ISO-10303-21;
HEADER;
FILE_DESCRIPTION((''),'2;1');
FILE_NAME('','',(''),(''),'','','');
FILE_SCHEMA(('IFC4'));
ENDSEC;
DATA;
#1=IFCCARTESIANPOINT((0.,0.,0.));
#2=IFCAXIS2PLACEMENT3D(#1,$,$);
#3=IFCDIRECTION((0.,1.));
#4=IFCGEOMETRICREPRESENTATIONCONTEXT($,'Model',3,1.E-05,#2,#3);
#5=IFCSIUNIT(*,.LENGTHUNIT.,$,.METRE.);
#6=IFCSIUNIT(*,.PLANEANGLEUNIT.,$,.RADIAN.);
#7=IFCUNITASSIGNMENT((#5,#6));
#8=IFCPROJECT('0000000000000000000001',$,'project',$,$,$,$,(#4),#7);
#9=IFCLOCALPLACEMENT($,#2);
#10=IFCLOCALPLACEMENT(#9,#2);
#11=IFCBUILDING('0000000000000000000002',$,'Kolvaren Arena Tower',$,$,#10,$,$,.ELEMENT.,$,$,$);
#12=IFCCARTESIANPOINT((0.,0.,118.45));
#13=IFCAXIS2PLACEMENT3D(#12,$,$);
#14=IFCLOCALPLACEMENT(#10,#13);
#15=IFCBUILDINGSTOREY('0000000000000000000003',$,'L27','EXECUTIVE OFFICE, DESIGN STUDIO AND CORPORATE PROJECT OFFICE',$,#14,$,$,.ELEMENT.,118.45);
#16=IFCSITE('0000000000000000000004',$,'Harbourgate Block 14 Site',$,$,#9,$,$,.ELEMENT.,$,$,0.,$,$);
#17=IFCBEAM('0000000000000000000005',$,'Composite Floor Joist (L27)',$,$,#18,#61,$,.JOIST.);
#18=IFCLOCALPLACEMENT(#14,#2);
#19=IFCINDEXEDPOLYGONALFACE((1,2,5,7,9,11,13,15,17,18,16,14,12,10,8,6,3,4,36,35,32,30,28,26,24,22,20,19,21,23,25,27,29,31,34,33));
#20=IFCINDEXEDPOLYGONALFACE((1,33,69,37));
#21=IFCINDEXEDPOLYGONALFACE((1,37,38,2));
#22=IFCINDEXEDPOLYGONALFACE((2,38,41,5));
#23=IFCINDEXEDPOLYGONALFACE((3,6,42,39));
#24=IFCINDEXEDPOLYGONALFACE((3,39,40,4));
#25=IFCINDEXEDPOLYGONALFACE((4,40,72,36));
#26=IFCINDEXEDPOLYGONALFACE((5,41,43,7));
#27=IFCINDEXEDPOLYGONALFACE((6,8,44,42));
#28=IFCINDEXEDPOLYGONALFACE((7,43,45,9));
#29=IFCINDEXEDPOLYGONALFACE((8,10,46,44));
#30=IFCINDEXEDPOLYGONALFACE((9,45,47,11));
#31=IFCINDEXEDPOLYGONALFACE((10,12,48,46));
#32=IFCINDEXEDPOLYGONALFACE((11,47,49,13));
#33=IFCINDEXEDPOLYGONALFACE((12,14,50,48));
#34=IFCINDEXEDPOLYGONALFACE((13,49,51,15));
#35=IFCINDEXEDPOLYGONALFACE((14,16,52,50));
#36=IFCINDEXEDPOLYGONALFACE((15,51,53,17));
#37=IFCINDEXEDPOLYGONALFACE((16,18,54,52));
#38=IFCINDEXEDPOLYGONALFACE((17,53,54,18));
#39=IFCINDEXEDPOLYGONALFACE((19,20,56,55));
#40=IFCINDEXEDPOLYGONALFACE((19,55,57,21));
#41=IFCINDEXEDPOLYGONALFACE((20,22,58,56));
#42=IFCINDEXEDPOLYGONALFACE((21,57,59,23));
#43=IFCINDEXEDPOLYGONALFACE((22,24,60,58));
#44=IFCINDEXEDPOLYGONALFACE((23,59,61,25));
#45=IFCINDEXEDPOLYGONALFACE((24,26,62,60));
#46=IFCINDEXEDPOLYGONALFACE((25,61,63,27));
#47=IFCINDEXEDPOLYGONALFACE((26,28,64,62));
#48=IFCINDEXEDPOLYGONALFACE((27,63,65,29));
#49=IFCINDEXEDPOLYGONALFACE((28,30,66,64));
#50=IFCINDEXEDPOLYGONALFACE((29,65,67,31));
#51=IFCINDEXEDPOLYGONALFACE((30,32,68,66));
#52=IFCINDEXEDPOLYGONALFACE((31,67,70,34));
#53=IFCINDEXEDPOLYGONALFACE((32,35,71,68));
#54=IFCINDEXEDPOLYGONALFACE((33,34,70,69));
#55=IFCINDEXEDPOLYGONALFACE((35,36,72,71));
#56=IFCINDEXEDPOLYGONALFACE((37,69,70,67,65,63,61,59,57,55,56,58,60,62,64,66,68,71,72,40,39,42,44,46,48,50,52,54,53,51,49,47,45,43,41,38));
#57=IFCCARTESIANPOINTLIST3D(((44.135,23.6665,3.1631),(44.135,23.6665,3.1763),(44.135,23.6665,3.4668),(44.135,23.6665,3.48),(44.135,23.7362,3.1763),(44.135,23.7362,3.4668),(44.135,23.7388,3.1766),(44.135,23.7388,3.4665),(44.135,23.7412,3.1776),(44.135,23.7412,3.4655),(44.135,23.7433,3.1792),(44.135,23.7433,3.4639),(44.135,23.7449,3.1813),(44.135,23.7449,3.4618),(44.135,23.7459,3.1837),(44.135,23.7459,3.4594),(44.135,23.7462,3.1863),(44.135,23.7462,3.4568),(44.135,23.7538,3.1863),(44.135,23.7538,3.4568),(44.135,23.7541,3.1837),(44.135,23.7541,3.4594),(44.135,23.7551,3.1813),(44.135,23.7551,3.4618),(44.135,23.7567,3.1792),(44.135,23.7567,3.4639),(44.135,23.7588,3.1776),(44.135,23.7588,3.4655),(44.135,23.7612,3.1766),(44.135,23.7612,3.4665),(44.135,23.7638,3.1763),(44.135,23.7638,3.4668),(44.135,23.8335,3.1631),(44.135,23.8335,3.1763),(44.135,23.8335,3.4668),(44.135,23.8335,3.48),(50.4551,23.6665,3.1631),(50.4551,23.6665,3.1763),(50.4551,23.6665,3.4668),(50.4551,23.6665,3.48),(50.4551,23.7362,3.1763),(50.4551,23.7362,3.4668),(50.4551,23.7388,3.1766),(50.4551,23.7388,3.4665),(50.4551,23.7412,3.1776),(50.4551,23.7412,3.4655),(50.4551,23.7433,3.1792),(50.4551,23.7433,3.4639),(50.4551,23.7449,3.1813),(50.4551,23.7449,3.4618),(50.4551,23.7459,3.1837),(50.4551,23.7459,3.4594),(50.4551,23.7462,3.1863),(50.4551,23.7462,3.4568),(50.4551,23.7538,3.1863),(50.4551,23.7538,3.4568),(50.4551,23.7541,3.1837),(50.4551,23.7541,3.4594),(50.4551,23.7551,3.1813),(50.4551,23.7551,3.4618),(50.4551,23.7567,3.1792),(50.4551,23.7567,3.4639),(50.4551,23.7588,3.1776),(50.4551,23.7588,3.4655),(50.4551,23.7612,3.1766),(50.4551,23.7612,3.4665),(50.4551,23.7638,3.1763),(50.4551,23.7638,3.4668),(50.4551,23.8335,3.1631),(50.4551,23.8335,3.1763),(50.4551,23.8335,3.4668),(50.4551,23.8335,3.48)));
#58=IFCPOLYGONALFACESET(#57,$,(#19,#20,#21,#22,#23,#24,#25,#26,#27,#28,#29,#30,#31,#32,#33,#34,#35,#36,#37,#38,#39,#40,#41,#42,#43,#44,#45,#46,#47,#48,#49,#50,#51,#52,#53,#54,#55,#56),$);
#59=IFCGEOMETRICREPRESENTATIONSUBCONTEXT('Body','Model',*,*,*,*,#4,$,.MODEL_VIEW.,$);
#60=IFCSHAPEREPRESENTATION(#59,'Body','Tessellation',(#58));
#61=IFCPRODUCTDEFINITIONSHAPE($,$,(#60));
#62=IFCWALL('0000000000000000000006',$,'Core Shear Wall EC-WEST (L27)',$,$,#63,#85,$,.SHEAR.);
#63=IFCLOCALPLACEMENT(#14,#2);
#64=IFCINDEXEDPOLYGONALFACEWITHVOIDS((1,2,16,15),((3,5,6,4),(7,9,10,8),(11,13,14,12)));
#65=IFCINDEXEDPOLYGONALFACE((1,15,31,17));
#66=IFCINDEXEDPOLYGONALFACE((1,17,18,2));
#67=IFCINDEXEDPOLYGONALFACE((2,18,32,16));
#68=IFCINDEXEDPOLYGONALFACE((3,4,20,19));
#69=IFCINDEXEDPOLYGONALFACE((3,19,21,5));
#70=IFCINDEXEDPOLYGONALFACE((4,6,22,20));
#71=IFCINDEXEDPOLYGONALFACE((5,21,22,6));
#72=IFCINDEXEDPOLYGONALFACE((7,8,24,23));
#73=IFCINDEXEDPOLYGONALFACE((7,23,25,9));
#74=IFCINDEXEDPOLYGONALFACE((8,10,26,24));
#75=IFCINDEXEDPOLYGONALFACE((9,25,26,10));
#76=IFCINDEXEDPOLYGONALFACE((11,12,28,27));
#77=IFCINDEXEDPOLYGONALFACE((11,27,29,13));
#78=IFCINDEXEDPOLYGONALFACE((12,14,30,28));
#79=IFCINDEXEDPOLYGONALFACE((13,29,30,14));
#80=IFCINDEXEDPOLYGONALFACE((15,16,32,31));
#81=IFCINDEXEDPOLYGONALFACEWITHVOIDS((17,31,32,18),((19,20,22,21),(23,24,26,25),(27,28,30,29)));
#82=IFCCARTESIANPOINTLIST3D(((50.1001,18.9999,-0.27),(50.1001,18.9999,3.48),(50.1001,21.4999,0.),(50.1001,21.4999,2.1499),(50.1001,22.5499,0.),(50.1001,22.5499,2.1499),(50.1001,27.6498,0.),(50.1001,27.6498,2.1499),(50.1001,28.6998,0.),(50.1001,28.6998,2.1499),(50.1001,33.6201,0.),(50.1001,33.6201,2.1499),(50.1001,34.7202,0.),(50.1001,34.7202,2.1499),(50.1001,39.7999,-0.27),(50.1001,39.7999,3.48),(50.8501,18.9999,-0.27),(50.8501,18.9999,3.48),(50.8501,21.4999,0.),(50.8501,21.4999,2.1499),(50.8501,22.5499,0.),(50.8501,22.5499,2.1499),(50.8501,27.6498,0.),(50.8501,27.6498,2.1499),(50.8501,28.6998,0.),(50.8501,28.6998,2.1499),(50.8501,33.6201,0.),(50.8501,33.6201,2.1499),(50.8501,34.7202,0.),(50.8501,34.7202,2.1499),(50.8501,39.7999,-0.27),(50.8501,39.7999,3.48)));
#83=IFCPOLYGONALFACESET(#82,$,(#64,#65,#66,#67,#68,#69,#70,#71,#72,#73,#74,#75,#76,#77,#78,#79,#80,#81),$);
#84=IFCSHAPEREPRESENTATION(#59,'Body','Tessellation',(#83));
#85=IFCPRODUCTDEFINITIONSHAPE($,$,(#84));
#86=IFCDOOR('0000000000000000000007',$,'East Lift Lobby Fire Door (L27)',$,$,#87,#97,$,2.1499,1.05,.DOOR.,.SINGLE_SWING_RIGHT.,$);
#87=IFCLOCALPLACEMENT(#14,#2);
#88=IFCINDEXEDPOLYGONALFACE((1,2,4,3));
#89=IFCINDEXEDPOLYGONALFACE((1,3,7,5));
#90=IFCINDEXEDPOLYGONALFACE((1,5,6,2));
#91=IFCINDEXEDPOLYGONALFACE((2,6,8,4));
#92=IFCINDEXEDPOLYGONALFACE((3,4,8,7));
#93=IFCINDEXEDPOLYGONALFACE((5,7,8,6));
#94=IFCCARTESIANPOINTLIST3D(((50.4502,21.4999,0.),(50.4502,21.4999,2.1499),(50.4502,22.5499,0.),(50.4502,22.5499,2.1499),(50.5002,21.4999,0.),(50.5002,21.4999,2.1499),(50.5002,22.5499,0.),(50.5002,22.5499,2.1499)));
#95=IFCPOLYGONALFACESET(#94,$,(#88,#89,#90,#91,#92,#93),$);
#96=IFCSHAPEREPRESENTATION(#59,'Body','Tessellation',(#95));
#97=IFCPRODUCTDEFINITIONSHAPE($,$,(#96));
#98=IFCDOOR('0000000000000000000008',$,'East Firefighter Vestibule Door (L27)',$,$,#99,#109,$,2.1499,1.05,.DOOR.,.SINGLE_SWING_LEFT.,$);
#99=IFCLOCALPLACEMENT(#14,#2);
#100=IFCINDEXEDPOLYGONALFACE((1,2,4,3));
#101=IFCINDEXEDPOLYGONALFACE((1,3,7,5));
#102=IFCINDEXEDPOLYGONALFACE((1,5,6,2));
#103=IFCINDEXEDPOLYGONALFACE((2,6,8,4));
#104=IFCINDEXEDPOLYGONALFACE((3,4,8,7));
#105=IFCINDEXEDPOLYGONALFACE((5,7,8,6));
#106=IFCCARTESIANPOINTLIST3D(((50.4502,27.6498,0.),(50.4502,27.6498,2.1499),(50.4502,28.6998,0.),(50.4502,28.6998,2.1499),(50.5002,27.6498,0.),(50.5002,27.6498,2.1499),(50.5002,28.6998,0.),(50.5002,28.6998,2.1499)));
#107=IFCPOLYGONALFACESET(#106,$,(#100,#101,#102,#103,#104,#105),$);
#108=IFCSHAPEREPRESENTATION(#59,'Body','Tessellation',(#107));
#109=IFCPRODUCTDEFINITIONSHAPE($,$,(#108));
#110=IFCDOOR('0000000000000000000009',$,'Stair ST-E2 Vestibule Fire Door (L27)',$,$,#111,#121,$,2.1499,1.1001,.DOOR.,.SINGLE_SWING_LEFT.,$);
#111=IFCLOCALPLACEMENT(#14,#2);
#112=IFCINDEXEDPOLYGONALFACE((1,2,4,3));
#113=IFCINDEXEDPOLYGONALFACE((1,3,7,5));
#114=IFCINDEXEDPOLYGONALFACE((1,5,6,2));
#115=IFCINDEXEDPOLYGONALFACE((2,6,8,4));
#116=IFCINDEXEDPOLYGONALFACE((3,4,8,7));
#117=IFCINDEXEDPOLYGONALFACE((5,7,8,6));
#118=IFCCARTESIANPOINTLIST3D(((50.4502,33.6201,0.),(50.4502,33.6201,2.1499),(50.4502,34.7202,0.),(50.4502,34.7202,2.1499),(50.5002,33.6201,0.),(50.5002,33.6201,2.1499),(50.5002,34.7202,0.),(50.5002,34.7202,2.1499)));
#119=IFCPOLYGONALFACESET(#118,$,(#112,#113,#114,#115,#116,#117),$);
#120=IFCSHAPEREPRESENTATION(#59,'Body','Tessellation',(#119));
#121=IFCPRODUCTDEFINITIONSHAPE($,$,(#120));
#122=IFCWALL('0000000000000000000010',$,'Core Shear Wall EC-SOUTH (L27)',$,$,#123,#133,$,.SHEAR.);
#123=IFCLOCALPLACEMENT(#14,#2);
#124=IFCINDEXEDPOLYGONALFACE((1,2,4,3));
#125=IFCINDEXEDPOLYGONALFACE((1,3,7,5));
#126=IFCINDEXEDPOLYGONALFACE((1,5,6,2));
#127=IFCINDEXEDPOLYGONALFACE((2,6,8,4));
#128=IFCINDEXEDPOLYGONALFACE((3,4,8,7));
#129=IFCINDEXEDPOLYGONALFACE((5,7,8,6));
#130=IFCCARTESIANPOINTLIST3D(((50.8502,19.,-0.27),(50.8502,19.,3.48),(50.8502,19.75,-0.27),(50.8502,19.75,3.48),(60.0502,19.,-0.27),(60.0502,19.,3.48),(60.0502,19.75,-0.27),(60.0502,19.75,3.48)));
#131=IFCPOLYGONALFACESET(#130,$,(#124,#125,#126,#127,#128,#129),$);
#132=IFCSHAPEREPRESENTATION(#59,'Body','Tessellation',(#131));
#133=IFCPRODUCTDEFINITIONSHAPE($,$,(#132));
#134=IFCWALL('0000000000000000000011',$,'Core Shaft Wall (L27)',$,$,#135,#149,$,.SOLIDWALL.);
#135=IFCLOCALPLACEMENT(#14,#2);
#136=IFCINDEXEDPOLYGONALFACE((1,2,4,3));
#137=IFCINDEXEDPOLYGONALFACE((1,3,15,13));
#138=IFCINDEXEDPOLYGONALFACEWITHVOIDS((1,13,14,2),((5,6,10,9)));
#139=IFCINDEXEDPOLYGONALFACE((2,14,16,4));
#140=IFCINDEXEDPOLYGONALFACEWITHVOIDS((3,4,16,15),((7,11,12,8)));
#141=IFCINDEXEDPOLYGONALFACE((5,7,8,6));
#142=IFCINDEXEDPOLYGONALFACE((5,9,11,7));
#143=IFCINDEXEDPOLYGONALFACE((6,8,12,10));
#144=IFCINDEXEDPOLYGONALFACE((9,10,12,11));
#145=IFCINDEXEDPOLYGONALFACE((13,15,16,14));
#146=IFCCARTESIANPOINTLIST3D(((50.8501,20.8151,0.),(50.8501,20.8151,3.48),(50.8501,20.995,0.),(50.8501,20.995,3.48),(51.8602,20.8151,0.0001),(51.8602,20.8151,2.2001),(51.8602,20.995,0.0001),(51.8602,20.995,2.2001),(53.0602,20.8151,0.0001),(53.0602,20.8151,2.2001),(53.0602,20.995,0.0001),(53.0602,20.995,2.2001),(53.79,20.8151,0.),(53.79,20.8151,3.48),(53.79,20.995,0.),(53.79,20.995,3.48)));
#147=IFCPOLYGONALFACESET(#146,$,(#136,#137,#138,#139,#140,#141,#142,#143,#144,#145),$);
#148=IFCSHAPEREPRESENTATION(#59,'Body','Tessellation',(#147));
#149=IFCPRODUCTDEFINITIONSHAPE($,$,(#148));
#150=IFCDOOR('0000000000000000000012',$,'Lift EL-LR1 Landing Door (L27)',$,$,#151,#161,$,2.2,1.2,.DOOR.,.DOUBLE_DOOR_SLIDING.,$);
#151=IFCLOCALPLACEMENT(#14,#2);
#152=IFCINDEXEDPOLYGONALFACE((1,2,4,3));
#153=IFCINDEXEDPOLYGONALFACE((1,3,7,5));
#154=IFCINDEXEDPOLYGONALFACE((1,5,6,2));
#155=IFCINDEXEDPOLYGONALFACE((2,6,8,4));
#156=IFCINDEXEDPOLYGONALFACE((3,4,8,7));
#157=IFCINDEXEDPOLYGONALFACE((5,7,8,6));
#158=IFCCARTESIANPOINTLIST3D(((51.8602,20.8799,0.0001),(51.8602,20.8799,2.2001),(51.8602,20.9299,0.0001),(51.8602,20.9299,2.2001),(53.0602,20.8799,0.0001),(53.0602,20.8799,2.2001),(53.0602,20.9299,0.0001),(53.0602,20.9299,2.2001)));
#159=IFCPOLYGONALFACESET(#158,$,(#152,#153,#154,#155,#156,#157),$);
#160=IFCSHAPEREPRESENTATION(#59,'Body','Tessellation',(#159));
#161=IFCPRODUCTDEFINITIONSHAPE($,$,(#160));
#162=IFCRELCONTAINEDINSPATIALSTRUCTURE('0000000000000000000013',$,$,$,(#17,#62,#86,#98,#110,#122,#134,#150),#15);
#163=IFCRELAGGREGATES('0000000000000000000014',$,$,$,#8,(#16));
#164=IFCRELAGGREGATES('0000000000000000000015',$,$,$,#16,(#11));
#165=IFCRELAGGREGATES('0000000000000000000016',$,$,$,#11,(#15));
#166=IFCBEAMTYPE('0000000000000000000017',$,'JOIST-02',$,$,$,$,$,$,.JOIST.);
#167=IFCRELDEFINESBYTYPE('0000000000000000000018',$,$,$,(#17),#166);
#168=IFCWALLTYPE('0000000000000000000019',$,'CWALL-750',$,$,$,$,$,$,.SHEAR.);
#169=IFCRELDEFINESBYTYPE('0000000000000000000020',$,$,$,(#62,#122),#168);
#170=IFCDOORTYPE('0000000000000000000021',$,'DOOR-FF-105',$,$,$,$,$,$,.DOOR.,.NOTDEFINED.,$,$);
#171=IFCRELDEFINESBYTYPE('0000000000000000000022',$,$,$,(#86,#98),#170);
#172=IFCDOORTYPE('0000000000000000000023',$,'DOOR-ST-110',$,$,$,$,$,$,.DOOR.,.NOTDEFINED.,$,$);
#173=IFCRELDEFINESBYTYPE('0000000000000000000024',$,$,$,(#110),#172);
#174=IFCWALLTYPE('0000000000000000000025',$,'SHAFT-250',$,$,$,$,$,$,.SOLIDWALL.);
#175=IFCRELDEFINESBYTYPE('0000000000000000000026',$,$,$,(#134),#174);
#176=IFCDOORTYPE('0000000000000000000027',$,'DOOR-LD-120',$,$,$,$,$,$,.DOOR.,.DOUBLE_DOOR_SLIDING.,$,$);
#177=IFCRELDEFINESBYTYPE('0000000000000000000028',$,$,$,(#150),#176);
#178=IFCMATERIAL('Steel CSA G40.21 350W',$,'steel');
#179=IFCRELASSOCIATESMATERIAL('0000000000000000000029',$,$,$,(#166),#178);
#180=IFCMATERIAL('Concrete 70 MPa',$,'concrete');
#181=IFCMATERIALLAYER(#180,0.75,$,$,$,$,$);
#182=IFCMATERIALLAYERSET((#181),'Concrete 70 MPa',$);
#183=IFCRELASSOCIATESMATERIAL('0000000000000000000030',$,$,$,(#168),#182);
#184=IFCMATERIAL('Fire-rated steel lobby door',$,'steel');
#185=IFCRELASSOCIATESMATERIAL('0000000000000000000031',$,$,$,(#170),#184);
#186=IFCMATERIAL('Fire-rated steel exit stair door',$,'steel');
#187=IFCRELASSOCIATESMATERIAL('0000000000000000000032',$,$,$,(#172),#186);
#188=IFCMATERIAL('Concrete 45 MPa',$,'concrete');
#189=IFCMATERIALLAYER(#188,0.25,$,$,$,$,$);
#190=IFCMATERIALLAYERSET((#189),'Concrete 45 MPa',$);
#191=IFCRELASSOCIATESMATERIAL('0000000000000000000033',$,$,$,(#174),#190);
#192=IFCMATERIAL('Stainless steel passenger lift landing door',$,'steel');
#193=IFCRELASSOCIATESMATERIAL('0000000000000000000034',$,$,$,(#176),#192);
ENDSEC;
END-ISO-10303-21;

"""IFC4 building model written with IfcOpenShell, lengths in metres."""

from ifc_helpers import new_model, si_unit, direction, frame, frame_2d, origin, origin_2d, place, context, subcontext, project, spatial, rectangle, i_section, extrude, material, layer, layer_set, material_profile, profile_set, type_object, element, fill, save


model = new_model("IFC4")

# Units and contexts
model_context = context("Model", 3, precision=1e-05, world=origin(), true_north=direction((0.0, 1.0)))
body_context = subcontext(model_context, "Body", "Model", "MODEL_VIEW")
ifc_project = project(units=[si_unit("LENGTHUNIT", "METRE"), si_unit("PLANEANGLEUNIT", "RADIAN")], contexts=[model_context])

# Site, building, storey
site_placement = place(None, origin())
site = spatial("IfcSite", under=ifc_project, at=site_placement, Name="Harbourgate Block 14 Site", CompositionType="ELEMENT", RefElevation=0.0)
building_placement = place(site_placement, origin())
building = spatial("IfcBuilding", under=site, at=building_placement, Name="Kolvaren Arena Tower", CompositionType="ELEMENT")
storey_placement = place(building_placement, frame((0.0, 0.0, 118.45)))
storey = spatial("IfcBuildingStorey", under=building, at=storey_placement, Name="L27", Description="EXECUTIVE OFFICE, DESIGN STUDIO AND CORPORATE PROJECT OFFICE", CompositionType="ELEMENT", Elevation=118.45)

# Beam
ifc_material_1 = material(Name="Steel CSA G40.21 350W", Category="steel")
ifc_material_profile_1 = material_profile(ifc_material_1, i_section(OverallWidth=0.167, OverallDepth=0.3169, WebThickness=0.0076, FlangeThickness=0.0132, FilletRadius=0.01, at=origin_2d()), Name="W310x52")
ifc_profile_set_1 = profile_set([ifc_material_profile_1], Name="Steel CSA G40.21 350W")
beam_type_1 = type_object("IfcBeamType", Name="JOIST-02", PredefinedType="JOIST", material=ifc_profile_set_1)
beam_1_placement = place(storey_placement, frame((44.135, 23.75, 3.3215), z_axis=(1.0, 0.0, 0.0), x_axis=(0.0, 1.0, 0.0)))
element("IfcBeam", 1, at=beam_1_placement, inside=storey, type_object=beam_type_1, Name="Composite Floor Joist (L27)", PredefinedType="JOIST", context=body_context, shape_type="SweptSolid", body=[
    extrude(i_section(OverallWidth=0.167, OverallDepth=0.3169, WebThickness=0.0076, FlangeThickness=0.0132, FilletRadius=0.01, at=origin_2d()), origin(), (0.0, 0.0, 1.0), 6.3201),
])

# Wall, openings, doors
ifc_material_2 = material(Name="Concrete 70 MPa", Category="concrete")
ifc_layer_1 = layer(ifc_material_2, 0.75)
ifc_layer_set_1 = layer_set([ifc_layer_1], Name="Concrete 70 MPa")
wall_type_1 = type_object("IfcWallType", Name="CWALL-750", PredefinedType="SHEAR", material=ifc_layer_set_1)
wall_1_placement = place(storey_placement, frame((50.4751, 19.0, -0.27), z_axis=(0.0, 0.0, 1.0), x_axis=(0.0, 1.0, 0.0)))
wall_1 = element("IfcWall", 2, at=wall_1_placement, inside=storey, type_object=wall_type_1, Name="Core Shear Wall EC-WEST (L27)", PredefinedType="SHEAR", context=body_context, shape_type="SweptSolid", body=[
    extrude(rectangle(XDim=20.8, YDim=0.75, at=frame_2d((10.3999, 0.0))), origin(), (0.0, 0.0, 1.0), 3.75),
])
opening_1_placement = place(wall_1_placement, frame((2.5, 0.0, 0.27)))
opening_1 = element("IfcOpeningElement", 3, at=opening_1_placement, cuts=wall_1, PredefinedType="OPENING", context=body_context, shape_type="SweptSolid", body=[
    extrude(rectangle(XDim=1.05, YDim=2.1499, at=frame_2d((0.5249, 1.075))), frame((0.0, 0.385, 0.0), z_axis=(0.0, -1.0, 0.0), x_axis=(1.0, 0.0, 0.0)), (0.0, 0.0, 1.0), 0.77),
])
opening_2_placement = place(wall_1_placement, frame((8.6499, 0.0, 0.27)))
opening_2 = element("IfcOpeningElement", 4, at=opening_2_placement, cuts=wall_1, PredefinedType="OPENING", context=body_context, shape_type="SweptSolid", body=[
    extrude(rectangle(XDim=1.05, YDim=2.1499, at=frame_2d((0.5249, 1.075))), frame((0.0, 0.385, 0.0), z_axis=(0.0, -1.0, 0.0), x_axis=(1.0, 0.0, 0.0)), (0.0, 0.0, 1.0), 0.77),
])
opening_3_placement = place(wall_1_placement, frame((14.6201, 0.0, 0.27)))
opening_3 = element("IfcOpeningElement", 5, at=opening_3_placement, cuts=wall_1, PredefinedType="OPENING", context=body_context, shape_type="SweptSolid", body=[
    extrude(rectangle(XDim=1.1001, YDim=2.1499, at=frame_2d((0.55, 1.075))), frame((0.0, 0.385, 0.0), z_axis=(0.0, -1.0, 0.0), x_axis=(1.0, 0.0, 0.0)), (0.0, 0.0, 1.0), 0.77),
])
ifc_material_3 = material(Name="Fire-rated steel lobby door", Category="steel")
door_type_1 = type_object("IfcDoorType", Name="DOOR-FF-105", OperationType="NOTDEFINED", PredefinedType="DOOR", material=ifc_material_3)
door_1_placement = place(opening_1_placement, origin())
door_1 = element("IfcDoor", 6, at=door_1_placement, inside=storey, type_object=door_type_1, Name="East Lift Lobby Fire Door (L27)", OperationType="SINGLE_SWING_RIGHT", OverallHeight=2.1499, OverallWidth=1.05, PredefinedType="DOOR", context=body_context, shape_type="SweptSolid", body=[
    extrude(rectangle(XDim=1.05, YDim=2.1499, at=frame_2d((0.5249, 1.075))), frame((0.0, 0.0249, 0.0), z_axis=(0.0, -1.0, 0.0), x_axis=(1.0, 0.0, 0.0)), (0.0, 0.0, 1.0), 0.05),
])
fill(opening_1, door_1)
door_2_placement = place(opening_2_placement, origin())
door_2 = element("IfcDoor", 7, at=door_2_placement, inside=storey, type_object=door_type_1, Name="East Firefighter Vestibule Door (L27)", OperationType="SINGLE_SWING_LEFT", OverallHeight=2.1499, OverallWidth=1.05, PredefinedType="DOOR", context=body_context, shape_type="SweptSolid", body=[
    extrude(rectangle(XDim=1.05, YDim=2.1499, at=frame_2d((0.5249, 1.075))), frame((0.0, 0.0249, 0.0), z_axis=(0.0, -1.0, 0.0), x_axis=(1.0, 0.0, 0.0)), (0.0, 0.0, 1.0), 0.05),
])
fill(opening_2, door_2)
ifc_material_4 = material(Name="Fire-rated steel exit stair door", Category="steel")
door_type_2 = type_object("IfcDoorType", Name="DOOR-ST-110", OperationType="NOTDEFINED", PredefinedType="DOOR", material=ifc_material_4)
door_3_placement = place(opening_3_placement, origin())
door_3 = element("IfcDoor", 8, at=door_3_placement, inside=storey, type_object=door_type_2, Name="Stair ST-E2 Vestibule Fire Door (L27)", OperationType="SINGLE_SWING_LEFT", OverallHeight=2.1499, OverallWidth=1.1001, PredefinedType="DOOR", context=body_context, shape_type="SweptSolid", body=[
    extrude(rectangle(XDim=1.1001, YDim=2.1499, at=frame_2d((0.55, 1.075))), frame((0.0, 0.0249, 0.0), z_axis=(0.0, -1.0, 0.0), x_axis=(1.0, 0.0, 0.0)), (0.0, 0.0, 1.0), 0.05),
])
fill(opening_3, door_3)

# Wall
wall_2_placement = place(storey_placement, frame((50.8501, 19.375, -0.27), z_axis=(0.0, 0.0, 1.0), x_axis=(1.0, 0.0, 0.0)))
element("IfcWall", 9, at=wall_2_placement, inside=storey, type_object=wall_type_1, Name="Core Shear Wall EC-SOUTH (L27)", PredefinedType="SHEAR", context=body_context, shape_type="SweptSolid", body=[
    extrude(rectangle(XDim=9.2, YDim=0.75, at=frame_2d((4.6001, 0.0))), origin(), (0.0, 0.0, 1.0), 3.75),
])

# Wall, opening, door
ifc_material_5 = material(Name="Concrete 45 MPa", Category="concrete")
ifc_layer_2 = layer(ifc_material_5, 0.25)
ifc_layer_set_2 = layer_set([ifc_layer_2], Name="Concrete 45 MPa")
wall_type_2 = type_object("IfcWallType", Name="SHAFT-250", PredefinedType="SOLIDWALL", material=ifc_layer_set_2)
wall_3_placement = place(storey_placement, frame((50.8501, 20.905, 0.0), z_axis=(0.0, 0.0, 1.0), x_axis=(1.0, 0.0, 0.0)))
wall_3 = element("IfcWall", 10, at=wall_3_placement, inside=storey, type_object=wall_type_2, Name="Core Shaft Wall (L27)", PredefinedType="SOLIDWALL", context=body_context, shape_type="SweptSolid", body=[
    extrude(rectangle(XDim=2.9399, YDim=0.1799, at=frame_2d((1.47, 0.0))), origin(), (0.0, 0.0, 1.0), 3.48),
])
opening_4_placement = place(wall_3_placement, frame((1.01, 0.0, 0.0)))
opening_4 = element("IfcOpeningElement", 11, at=opening_4_placement, cuts=wall_3, PredefinedType="OPENING", context=body_context, shape_type="SweptSolid", body=[
    extrude(rectangle(XDim=1.2, YDim=2.2, at=frame_2d((0.6001, 1.1001))), frame((0.0, 0.0999, 0.0), z_axis=(0.0, -1.0, 0.0), x_axis=(1.0, 0.0, 0.0)), (0.0, 0.0, 1.0), 0.2),
])
ifc_material_6 = material(Name="Stainless steel passenger lift landing door", Category="steel")
door_type_3 = type_object("IfcDoorType", Name="DOOR-LD-120", OperationType="DOUBLE_DOOR_SLIDING", PredefinedType="DOOR", material=ifc_material_6)
door_4_placement = place(opening_4_placement, origin())
door_4 = element("IfcDoor", 12, at=door_4_placement, inside=storey, type_object=door_type_3, Name="Lift EL-LR1 Landing Door (L27)", OperationType="DOUBLE_DOOR_SLIDING", OverallHeight=2.2, OverallWidth=1.2, PredefinedType="DOOR", context=body_context, shape_type="SweptSolid", body=[
    extrude(rectangle(XDim=1.2, YDim=2.2, at=frame_2d((0.6001, 1.1001))), frame((0.0, 0.0249, 0.0), z_axis=(0.0, -1.0, 0.0), x_axis=(1.0, 0.0, 0.0)), (0.0, 0.0, 1.0), 0.05),
])
fill(opening_4, door_4)

save(model, "model.ifc")
